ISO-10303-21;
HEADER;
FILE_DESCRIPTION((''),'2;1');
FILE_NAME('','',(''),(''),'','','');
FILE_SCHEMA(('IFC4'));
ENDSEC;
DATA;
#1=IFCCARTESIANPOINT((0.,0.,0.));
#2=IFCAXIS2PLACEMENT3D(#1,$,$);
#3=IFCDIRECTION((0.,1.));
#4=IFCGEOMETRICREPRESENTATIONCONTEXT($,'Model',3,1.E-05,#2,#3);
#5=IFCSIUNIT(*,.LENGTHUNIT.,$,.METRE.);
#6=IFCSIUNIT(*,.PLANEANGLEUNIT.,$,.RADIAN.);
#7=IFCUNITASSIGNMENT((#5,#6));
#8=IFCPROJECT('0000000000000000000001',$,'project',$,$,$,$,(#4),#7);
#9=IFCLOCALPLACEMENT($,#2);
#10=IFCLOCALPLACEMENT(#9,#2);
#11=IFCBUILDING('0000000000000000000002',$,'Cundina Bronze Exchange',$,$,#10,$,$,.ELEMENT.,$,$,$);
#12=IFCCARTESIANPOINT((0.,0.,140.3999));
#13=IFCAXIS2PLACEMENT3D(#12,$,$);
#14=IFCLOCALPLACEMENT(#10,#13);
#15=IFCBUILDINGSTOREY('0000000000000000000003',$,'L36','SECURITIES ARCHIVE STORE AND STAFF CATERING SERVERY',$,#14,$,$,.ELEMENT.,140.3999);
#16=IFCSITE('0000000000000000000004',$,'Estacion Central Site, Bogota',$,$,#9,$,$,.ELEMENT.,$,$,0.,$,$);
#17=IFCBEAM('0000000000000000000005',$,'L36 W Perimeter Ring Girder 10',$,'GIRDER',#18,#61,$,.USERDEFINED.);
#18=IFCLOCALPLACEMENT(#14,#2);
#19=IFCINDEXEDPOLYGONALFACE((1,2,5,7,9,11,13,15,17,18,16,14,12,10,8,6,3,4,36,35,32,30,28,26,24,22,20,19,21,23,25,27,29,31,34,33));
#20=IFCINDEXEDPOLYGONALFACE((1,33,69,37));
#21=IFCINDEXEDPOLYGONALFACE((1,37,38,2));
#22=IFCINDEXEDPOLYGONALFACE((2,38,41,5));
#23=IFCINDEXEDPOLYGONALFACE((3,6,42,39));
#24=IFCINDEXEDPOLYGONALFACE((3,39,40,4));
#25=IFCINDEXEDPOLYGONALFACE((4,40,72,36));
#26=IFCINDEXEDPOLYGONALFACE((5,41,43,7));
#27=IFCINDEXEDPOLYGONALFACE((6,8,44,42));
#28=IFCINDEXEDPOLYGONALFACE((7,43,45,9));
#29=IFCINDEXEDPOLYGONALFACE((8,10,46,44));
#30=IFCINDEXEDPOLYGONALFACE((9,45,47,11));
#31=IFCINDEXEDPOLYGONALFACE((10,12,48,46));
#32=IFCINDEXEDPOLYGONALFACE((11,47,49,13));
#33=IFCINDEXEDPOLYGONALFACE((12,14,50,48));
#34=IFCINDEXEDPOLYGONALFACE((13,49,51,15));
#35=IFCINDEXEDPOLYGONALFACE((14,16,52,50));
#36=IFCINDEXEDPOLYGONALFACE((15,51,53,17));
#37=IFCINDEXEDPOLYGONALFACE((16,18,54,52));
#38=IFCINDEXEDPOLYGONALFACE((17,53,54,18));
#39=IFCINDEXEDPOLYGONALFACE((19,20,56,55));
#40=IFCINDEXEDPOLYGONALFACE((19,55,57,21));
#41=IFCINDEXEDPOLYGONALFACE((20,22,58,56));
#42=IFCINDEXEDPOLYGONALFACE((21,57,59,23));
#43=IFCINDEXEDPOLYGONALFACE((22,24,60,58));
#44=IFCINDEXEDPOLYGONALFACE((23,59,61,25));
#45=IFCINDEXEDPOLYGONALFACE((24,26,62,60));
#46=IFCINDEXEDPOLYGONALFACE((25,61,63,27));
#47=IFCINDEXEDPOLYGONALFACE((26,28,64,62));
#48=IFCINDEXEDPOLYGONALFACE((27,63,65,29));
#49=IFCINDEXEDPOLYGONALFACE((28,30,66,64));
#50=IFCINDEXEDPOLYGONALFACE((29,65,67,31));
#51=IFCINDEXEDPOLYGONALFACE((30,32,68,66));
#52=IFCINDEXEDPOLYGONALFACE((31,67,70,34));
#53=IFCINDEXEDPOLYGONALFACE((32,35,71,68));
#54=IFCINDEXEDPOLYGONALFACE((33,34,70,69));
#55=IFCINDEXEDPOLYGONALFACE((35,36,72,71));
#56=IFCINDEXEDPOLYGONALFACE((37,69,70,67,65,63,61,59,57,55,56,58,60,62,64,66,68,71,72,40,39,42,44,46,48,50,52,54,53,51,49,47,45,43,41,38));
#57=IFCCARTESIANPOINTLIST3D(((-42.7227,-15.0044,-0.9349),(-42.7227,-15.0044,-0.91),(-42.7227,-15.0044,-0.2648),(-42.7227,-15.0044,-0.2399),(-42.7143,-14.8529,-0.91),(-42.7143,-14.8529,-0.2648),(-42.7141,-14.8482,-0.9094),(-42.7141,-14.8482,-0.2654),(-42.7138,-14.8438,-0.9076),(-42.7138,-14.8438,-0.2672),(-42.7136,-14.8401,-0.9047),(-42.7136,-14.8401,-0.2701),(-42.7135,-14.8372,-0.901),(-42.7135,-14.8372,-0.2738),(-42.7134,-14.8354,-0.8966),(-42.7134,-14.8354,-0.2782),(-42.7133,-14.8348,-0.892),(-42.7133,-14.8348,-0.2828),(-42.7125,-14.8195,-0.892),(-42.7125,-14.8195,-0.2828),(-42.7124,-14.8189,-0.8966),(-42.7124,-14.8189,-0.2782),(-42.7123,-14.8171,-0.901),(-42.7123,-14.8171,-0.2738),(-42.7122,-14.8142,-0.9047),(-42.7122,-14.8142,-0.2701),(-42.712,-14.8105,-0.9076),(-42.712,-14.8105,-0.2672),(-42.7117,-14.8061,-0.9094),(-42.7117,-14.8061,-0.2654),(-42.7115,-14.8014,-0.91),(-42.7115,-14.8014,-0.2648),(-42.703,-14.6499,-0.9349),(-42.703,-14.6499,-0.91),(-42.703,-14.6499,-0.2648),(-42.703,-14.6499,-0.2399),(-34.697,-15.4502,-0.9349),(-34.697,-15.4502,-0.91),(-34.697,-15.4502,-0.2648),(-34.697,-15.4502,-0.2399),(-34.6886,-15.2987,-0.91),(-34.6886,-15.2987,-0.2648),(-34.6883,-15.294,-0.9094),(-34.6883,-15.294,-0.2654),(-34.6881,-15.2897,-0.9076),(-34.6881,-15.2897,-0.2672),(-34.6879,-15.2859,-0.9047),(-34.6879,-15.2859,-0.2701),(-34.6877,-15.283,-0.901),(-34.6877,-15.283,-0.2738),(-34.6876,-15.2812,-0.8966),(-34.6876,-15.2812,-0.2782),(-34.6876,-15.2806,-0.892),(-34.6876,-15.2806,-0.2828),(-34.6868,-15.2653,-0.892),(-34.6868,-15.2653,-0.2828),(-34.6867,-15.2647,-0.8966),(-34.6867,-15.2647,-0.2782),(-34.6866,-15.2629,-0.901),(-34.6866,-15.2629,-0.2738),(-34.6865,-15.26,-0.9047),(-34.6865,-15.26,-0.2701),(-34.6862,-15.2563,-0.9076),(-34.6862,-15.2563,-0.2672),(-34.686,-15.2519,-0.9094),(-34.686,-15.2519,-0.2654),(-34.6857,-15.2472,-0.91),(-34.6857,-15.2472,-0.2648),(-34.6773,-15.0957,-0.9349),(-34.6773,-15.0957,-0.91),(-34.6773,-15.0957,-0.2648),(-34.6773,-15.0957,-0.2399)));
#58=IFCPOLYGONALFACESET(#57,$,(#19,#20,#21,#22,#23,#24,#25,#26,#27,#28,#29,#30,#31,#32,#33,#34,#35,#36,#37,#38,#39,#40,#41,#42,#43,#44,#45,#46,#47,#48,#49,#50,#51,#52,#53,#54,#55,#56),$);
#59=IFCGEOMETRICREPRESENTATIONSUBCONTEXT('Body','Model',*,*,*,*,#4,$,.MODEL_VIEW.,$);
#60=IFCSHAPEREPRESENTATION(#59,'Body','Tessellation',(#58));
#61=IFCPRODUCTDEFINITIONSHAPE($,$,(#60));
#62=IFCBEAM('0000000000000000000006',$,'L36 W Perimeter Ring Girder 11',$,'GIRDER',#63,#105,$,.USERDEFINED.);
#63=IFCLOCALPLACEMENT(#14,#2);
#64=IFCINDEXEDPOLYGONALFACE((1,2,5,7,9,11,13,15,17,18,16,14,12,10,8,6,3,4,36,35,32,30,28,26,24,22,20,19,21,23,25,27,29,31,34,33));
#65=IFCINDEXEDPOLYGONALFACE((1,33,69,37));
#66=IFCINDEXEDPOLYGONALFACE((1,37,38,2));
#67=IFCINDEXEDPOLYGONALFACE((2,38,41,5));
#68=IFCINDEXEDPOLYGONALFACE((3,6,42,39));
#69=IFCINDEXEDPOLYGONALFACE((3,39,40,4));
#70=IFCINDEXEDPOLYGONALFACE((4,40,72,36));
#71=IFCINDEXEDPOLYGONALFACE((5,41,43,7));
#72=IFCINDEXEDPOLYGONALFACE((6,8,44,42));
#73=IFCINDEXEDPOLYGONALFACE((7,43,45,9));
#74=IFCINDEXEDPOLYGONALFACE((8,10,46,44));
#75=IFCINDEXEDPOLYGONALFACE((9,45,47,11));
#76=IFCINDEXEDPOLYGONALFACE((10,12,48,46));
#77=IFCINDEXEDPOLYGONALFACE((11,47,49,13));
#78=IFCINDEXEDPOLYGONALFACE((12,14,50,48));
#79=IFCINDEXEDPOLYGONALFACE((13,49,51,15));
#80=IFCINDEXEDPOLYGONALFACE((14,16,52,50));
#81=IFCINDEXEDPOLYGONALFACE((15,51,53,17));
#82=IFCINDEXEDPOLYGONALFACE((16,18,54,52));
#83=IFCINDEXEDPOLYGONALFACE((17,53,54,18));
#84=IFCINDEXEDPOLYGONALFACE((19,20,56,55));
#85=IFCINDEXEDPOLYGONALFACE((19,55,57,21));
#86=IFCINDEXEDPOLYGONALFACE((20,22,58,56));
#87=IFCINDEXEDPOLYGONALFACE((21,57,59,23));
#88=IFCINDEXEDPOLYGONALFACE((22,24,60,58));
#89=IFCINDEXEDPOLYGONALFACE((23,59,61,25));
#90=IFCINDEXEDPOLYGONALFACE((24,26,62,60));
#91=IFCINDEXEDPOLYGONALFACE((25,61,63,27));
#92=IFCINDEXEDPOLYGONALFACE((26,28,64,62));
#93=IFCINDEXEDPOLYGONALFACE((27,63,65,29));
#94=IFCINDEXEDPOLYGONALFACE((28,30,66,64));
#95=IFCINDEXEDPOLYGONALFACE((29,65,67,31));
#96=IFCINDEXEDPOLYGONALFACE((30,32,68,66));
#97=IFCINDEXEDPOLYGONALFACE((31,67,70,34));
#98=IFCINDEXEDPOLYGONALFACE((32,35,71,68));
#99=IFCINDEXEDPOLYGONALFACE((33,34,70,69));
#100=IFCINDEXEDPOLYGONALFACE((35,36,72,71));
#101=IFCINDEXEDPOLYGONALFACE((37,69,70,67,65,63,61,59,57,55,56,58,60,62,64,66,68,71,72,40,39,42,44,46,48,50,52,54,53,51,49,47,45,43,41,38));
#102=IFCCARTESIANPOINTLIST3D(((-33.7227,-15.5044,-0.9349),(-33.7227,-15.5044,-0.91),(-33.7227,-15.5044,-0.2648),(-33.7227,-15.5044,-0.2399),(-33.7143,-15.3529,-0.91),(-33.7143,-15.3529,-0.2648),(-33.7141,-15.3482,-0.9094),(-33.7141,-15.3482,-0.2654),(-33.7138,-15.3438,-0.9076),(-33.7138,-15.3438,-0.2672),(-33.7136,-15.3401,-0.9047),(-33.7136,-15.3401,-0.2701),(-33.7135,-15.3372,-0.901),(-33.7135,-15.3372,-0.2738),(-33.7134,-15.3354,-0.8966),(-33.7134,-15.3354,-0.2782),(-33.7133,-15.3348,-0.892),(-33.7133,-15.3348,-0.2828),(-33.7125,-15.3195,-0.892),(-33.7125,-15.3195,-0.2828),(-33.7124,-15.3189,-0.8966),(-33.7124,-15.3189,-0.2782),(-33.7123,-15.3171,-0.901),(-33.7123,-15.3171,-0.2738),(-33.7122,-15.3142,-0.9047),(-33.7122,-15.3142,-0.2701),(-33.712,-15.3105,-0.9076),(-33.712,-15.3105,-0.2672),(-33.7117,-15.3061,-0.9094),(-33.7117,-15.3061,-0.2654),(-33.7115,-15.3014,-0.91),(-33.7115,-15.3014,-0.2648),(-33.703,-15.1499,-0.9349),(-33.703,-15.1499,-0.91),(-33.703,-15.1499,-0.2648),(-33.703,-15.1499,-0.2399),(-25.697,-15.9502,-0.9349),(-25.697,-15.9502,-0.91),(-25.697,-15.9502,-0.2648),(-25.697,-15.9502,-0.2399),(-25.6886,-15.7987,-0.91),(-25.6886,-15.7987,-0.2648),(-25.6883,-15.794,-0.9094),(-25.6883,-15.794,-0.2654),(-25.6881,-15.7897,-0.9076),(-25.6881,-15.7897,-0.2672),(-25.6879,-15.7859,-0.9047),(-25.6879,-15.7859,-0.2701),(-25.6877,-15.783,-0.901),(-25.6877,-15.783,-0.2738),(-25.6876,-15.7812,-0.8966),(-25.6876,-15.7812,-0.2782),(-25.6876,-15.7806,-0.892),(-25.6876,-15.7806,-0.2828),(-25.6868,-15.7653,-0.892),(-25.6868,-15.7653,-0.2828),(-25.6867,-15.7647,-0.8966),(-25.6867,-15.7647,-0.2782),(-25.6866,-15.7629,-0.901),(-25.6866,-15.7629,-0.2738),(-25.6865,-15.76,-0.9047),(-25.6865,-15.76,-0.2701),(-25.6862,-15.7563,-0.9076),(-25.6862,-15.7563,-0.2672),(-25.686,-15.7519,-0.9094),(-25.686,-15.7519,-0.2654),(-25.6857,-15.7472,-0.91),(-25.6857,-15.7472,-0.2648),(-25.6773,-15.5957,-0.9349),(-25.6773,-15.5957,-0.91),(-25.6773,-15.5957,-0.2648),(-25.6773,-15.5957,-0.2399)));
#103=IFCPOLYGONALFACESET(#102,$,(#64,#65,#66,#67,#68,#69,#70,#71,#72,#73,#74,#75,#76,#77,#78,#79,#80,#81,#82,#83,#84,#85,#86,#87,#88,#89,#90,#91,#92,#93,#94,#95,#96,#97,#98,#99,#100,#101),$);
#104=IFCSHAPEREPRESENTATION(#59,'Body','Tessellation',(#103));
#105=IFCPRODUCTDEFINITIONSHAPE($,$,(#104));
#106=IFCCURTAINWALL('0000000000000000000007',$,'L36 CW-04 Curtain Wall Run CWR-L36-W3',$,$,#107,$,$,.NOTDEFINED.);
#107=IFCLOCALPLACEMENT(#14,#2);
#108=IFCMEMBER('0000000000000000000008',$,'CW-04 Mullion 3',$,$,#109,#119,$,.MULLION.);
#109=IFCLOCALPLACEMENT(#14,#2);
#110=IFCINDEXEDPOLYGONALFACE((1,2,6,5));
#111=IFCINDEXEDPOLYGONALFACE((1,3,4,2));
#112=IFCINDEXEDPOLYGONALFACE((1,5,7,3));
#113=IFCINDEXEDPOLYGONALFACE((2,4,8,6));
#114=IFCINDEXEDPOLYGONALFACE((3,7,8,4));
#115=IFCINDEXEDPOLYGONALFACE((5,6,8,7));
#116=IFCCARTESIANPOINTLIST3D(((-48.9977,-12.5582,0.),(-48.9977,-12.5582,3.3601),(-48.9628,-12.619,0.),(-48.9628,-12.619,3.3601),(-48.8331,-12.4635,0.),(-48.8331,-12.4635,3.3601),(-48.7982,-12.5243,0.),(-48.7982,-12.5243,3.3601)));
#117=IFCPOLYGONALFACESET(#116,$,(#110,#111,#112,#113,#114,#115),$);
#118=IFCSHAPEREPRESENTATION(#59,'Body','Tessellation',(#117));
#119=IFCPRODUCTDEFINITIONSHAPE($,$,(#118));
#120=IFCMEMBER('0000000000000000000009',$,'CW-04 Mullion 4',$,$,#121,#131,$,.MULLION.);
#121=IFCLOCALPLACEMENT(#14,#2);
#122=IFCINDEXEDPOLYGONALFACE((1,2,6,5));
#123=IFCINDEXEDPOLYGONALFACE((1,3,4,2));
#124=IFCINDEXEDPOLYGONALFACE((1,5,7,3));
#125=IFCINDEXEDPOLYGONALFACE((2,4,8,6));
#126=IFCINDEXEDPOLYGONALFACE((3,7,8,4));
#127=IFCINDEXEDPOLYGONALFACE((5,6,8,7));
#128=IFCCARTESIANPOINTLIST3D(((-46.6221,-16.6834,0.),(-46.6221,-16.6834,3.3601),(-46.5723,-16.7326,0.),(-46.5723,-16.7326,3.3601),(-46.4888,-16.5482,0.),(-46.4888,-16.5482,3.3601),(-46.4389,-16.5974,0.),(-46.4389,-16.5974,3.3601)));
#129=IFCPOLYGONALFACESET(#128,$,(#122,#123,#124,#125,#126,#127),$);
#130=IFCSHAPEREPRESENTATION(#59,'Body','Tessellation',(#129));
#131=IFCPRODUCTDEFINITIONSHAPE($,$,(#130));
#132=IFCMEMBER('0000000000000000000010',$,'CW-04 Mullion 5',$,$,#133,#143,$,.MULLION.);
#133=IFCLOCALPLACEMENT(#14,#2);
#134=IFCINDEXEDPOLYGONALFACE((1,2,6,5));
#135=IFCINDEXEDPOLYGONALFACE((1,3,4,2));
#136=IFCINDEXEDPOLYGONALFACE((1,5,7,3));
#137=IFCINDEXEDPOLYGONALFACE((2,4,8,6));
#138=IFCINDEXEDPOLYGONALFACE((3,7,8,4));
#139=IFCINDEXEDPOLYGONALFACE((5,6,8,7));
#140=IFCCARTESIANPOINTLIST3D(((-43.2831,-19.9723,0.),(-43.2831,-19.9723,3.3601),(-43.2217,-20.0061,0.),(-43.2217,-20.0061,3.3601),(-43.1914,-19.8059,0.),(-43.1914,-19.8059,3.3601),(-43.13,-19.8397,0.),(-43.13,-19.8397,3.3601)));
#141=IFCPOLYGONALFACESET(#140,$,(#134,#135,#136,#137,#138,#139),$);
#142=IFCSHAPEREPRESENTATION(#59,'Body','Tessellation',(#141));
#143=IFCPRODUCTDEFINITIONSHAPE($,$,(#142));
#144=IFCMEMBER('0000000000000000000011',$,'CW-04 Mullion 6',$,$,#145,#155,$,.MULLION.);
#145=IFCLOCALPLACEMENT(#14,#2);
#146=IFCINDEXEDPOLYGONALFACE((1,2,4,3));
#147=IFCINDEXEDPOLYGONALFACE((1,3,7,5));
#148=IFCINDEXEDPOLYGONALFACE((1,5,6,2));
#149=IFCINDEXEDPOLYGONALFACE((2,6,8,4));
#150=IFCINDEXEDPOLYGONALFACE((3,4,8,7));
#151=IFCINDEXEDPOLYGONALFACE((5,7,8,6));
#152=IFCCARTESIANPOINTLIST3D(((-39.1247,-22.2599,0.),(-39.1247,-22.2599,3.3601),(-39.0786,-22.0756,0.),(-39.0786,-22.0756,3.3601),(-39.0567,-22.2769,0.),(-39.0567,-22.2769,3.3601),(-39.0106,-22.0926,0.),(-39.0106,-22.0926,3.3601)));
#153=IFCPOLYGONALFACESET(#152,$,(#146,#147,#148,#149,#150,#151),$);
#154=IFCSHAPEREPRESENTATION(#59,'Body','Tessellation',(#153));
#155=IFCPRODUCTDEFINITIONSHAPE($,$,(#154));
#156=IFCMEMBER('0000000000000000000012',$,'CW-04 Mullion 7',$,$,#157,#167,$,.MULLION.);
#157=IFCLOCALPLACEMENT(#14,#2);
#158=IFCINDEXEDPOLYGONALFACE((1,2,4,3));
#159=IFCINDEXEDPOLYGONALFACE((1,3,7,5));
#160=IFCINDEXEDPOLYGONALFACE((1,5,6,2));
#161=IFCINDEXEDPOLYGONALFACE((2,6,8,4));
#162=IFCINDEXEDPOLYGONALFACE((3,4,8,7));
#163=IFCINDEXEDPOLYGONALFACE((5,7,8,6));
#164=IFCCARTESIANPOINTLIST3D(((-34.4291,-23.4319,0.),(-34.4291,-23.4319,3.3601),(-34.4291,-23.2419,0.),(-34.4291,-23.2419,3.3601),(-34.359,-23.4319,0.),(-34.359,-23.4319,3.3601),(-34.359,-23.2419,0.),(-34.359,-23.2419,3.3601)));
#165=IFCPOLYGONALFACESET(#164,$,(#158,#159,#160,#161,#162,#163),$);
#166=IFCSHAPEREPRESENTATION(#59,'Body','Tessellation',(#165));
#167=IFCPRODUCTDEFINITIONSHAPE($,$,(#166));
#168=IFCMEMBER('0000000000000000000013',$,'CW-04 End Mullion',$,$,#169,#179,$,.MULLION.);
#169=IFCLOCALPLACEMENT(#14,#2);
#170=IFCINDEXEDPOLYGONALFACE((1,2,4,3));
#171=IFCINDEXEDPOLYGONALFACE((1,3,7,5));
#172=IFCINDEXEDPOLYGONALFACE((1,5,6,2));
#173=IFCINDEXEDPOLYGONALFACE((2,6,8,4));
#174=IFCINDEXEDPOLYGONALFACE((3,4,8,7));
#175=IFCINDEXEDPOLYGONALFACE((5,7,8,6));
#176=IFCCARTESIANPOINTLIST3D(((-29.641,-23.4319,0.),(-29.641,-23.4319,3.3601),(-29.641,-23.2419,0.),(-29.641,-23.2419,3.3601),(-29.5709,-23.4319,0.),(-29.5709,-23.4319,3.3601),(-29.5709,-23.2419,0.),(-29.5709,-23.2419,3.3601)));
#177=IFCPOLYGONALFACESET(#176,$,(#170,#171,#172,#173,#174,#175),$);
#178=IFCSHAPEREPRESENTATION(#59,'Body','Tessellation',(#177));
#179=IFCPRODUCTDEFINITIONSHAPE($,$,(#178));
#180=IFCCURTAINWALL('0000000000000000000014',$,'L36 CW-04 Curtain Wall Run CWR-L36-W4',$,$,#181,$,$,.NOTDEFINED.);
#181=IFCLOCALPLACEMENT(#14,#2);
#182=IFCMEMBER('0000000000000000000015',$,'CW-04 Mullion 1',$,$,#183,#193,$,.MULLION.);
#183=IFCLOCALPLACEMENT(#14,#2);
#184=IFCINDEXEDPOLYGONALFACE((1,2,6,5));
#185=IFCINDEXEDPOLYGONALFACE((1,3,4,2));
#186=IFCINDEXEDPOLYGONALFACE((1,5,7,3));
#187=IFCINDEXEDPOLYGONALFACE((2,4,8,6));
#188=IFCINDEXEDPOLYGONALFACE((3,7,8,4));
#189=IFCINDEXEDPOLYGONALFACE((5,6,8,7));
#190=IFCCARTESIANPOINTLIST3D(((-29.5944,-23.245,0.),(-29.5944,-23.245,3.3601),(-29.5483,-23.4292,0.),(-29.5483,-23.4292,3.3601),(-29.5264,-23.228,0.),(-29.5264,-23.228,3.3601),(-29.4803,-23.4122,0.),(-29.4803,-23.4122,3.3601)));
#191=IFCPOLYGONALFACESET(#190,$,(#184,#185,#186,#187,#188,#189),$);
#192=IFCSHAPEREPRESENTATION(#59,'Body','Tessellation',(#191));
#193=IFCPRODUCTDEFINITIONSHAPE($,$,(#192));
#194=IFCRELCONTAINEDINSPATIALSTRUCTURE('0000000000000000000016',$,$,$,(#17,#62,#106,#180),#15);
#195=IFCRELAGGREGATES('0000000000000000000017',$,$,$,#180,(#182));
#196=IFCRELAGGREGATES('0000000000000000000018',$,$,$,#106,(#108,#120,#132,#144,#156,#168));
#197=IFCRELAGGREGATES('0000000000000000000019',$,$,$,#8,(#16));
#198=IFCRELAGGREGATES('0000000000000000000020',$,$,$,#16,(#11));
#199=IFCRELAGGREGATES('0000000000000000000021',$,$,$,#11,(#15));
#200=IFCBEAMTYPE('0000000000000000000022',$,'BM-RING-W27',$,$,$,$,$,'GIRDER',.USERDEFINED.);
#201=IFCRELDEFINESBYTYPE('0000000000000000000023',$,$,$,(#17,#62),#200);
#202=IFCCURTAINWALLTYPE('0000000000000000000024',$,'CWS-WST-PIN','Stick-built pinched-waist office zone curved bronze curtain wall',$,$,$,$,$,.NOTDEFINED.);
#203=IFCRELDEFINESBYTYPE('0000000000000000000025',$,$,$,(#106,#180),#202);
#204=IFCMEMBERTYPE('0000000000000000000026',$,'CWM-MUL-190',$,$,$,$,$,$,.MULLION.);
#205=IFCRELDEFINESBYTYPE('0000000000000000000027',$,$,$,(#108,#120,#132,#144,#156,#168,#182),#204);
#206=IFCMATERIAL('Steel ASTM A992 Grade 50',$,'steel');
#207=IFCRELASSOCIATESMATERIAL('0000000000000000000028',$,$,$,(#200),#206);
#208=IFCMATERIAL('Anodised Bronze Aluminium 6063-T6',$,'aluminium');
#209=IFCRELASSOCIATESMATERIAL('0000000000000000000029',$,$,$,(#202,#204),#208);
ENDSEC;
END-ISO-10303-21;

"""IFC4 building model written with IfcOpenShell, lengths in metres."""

from ifc_helpers import new_model, si_unit, direction, frame, origin, origin_2d, place, context, subcontext, project, spatial, rectangle, i_section, extrude, material, material_profile, profile_set, type_object, element, aggregate, save


model = new_model("IFC4")

# Units and contexts
model_context = context("Model", 3, precision=1e-05, world=origin(), true_north=direction((0.0, 1.0)))
body_context = subcontext(model_context, "Body", "Model", "MODEL_VIEW")
ifc_project = project(units=[si_unit("LENGTHUNIT", "METRE"), si_unit("PLANEANGLEUNIT", "RADIAN")], contexts=[model_context])

# Site, building, storey
site_placement = place(None, origin())
site = spatial("IfcSite", under=ifc_project, at=site_placement, Name="Estacion Central Site, Bogota", CompositionType="ELEMENT", RefElevation=0.0)
building_placement = place(site_placement, origin())
building = spatial("IfcBuilding", under=site, at=building_placement, Name="Cundina Bronze Exchange", CompositionType="ELEMENT")
storey_placement = place(building_placement, frame((0.0, 0.0, 140.3999)))
storey = spatial("IfcBuildingStorey", under=building, at=storey_placement, Name="L36", Description="SECURITIES ARCHIVE STORE AND STAFF CATERING SERVERY", CompositionType="ELEMENT", Elevation=140.3999)

# Beams
ifc_material_1 = material(Name="Steel ASTM A992 Grade 50", Category="steel")
ifc_material_profile_1 = material_profile(ifc_material_1, i_section(OverallWidth=0.355, OverallDepth=0.6951, WebThickness=0.0154, FlangeThickness=0.0249, FilletRadius=0.0181, at=origin_2d()), Name="W27X146", Category="steel")
ifc_profile_set_1 = profile_set([ifc_material_profile_1], Name="Steel ASTM A992 Grade 50")
beam_type_1 = type_object("IfcBeamType", Name="BM-RING-W27", ElementType="GIRDER", PredefinedType="USERDEFINED", material=ifc_profile_set_1)
for number, where, z_axis, x_axis, name in (
    (1, (-42.7129, -14.8271, -0.5874), (0.998461, -0.055462, 0.0), (0.055462, 0.998461, 0.0), "L36 W Perimeter Ring Girder 10"),
    (2, (-33.7129, -15.3271, -0.5874), (0.998461, -0.055462, 0.0), (0.055462, 0.998461, 0.0), "L36 W Perimeter Ring Girder 11"),
):
    element("IfcBeam", number, at=place(storey_placement, frame(where, z_axis=z_axis, x_axis=x_axis)), inside=storey, type_object=beam_type_1, Name=name, ObjectType="GIRDER", PredefinedType="USERDEFINED", context=body_context, shape_type="SweptSolid", body=[
        extrude(i_section(OverallWidth=0.355, OverallDepth=0.6951, WebThickness=0.0154, FlangeThickness=0.0249, FilletRadius=0.0181, at=origin_2d()), origin(), (0.0, 0.0, 1.0), 8.0381),
    ])

# Curtain wall, members
ifc_material_2 = material(Name="Anodised Bronze Aluminium 6063-T6", Category="aluminium")
curtain_wall_type = type_object("IfcCurtainWallType", Name="CWS-WST-PIN", Description="Stick-built pinched-waist office zone curved bronze curtain wall", PredefinedType="NOTDEFINED", material=ifc_material_2)
curtain_wall_1_placement = place(storey_placement, origin())
curtain_wall_1 = element("IfcCurtainWall", 3, at=curtain_wall_1_placement, inside=storey, type_object=curtain_wall_type, Name="L36 CW-04 Curtain Wall Run CWR-L36-W3", PredefinedType="NOTDEFINED")
ifc_material_profile_2 = material_profile(ifc_material_2, rectangle(XDim=0.0701, YDim=0.1899, at=origin_2d()), Name="AL70X190", Category="aluminium")
ifc_profile_set_2 = profile_set([ifc_material_profile_2], Name="Anodised Bronze Aluminium 6063-T6")
member_type_1 = type_object("IfcMemberType", Name="CWM-MUL-190", PredefinedType="MULLION", material=ifc_profile_set_2)
member_1_placement = place(storey_placement, frame((-48.8979, -12.5413, 0.0), z_axis=(0.0, 0.0, 1.0), x_axis=(0.498488, -0.866897, 0.0)))
member_1 = element("IfcMember", 4, at=member_1_placement, type_object=member_type_1, Name="CW-04 Mullion 3", PredefinedType="MULLION", context=body_context, shape_type="SweptSolid", body=[
    extrude(rectangle(XDim=0.0701, YDim=0.1899, at=origin_2d()), origin(), (0.0, 0.0, 1.0), 3.3601),
])
member_2_placement = place(storey_placement, frame((-46.5305, -16.6404, 0.0), z_axis=(0.0, 0.0, 1.0), x_axis=(0.712026, -0.702153, 0.0)))
member_2 = element("IfcMember", 5, at=member_2_placement, type_object=member_type_1, Name="CW-04 Mullion 4", PredefinedType="MULLION", context=body_context, shape_type="SweptSolid", body=[
    extrude(rectangle(XDim=0.0701, YDim=0.1899, at=origin_2d()), origin(), (0.0, 0.0, 1.0), 3.3601),
])
member_3_placement = place(storey_placement, frame((-43.2065, -19.906, 0.0), z_axis=(0.0, 0.0, 1.0), x_axis=(0.875886, -0.482518, 0.0)))
member_3 = element("IfcMember", 6, at=member_3_placement, type_object=member_type_1, Name="CW-04 Mullion 5", PredefinedType="MULLION", context=body_context, shape_type="SweptSolid", body=[
    extrude(rectangle(XDim=0.0701, YDim=0.1899, at=origin_2d()), origin(), (0.0, 0.0, 1.0), 3.3601),
])
member_4_placement = place(storey_placement, frame((-39.0676, -22.1763, 0.0), z_axis=(0.0, 0.0, 1.0), x_axis=(0.970084, -0.242769, 0.0)))
member_4 = element("IfcMember", 7, at=member_4_placement, type_object=member_type_1, Name="CW-04 Mullion 6", PredefinedType="MULLION", context=body_context, shape_type="SweptSolid", body=[
    extrude(rectangle(XDim=0.0701, YDim=0.1899, at=origin_2d()), origin(), (0.0, 0.0, 1.0), 3.3601),
])
member_5_placement = place(storey_placement, frame((-34.394, -23.3369, 0.0), z_axis=(0.0, 0.0, 1.0), x_axis=(1.0, 0.0, 0.0)))
member_5 = element("IfcMember", 8, at=member_5_placement, type_object=member_type_1, Name="CW-04 Mullion 7", PredefinedType="MULLION", context=body_context, shape_type="SweptSolid", body=[
    extrude(rectangle(XDim=0.0701, YDim=0.1899, at=origin_2d()), origin(), (0.0, 0.0, 1.0), 3.3601),
])
member_6_placement = place(storey_placement, frame((-29.606, -23.3369, 0.0), z_axis=(0.0, 0.0, 1.0), x_axis=(1.0, 0.0, 0.0)))
member_6 = element("IfcMember", 9, at=member_6_placement, type_object=member_type_1, Name="CW-04 End Mullion", PredefinedType="MULLION", context=body_context, shape_type="SweptSolid", body=[
    extrude(rectangle(XDim=0.0701, YDim=0.1899, at=origin_2d()), origin(), (0.0, 0.0, 1.0), 3.3601),
])

# Curtain wall, member
curtain_wall_2_placement = place(storey_placement, origin())
curtain_wall_2 = element("IfcCurtainWall", 10, at=curtain_wall_2_placement, inside=storey, type_object=curtain_wall_type, Name="L36 CW-04 Curtain Wall Run CWR-L36-W4", PredefinedType="NOTDEFINED")
member_7_placement = place(storey_placement, frame((-29.5374, -23.3286, 0.0), z_axis=(0.0, 0.0, 1.0), x_axis=(0.970084, 0.242769, 0.0)))
member_7 = element("IfcMember", 11, at=member_7_placement, type_object=member_type_1, Name="CW-04 Mullion 1", PredefinedType="MULLION", context=body_context, shape_type="SweptSolid", body=[
    extrude(rectangle(XDim=0.0701, YDim=0.1899, at=origin_2d()), origin(), (0.0, 0.0, 1.0), 3.3601),
])

aggregate(curtain_wall_2, [member_7])

aggregate(curtain_wall_1, [member_1, member_2, member_3, member_4, member_5, member_6])

save(model, "model.ifc")
